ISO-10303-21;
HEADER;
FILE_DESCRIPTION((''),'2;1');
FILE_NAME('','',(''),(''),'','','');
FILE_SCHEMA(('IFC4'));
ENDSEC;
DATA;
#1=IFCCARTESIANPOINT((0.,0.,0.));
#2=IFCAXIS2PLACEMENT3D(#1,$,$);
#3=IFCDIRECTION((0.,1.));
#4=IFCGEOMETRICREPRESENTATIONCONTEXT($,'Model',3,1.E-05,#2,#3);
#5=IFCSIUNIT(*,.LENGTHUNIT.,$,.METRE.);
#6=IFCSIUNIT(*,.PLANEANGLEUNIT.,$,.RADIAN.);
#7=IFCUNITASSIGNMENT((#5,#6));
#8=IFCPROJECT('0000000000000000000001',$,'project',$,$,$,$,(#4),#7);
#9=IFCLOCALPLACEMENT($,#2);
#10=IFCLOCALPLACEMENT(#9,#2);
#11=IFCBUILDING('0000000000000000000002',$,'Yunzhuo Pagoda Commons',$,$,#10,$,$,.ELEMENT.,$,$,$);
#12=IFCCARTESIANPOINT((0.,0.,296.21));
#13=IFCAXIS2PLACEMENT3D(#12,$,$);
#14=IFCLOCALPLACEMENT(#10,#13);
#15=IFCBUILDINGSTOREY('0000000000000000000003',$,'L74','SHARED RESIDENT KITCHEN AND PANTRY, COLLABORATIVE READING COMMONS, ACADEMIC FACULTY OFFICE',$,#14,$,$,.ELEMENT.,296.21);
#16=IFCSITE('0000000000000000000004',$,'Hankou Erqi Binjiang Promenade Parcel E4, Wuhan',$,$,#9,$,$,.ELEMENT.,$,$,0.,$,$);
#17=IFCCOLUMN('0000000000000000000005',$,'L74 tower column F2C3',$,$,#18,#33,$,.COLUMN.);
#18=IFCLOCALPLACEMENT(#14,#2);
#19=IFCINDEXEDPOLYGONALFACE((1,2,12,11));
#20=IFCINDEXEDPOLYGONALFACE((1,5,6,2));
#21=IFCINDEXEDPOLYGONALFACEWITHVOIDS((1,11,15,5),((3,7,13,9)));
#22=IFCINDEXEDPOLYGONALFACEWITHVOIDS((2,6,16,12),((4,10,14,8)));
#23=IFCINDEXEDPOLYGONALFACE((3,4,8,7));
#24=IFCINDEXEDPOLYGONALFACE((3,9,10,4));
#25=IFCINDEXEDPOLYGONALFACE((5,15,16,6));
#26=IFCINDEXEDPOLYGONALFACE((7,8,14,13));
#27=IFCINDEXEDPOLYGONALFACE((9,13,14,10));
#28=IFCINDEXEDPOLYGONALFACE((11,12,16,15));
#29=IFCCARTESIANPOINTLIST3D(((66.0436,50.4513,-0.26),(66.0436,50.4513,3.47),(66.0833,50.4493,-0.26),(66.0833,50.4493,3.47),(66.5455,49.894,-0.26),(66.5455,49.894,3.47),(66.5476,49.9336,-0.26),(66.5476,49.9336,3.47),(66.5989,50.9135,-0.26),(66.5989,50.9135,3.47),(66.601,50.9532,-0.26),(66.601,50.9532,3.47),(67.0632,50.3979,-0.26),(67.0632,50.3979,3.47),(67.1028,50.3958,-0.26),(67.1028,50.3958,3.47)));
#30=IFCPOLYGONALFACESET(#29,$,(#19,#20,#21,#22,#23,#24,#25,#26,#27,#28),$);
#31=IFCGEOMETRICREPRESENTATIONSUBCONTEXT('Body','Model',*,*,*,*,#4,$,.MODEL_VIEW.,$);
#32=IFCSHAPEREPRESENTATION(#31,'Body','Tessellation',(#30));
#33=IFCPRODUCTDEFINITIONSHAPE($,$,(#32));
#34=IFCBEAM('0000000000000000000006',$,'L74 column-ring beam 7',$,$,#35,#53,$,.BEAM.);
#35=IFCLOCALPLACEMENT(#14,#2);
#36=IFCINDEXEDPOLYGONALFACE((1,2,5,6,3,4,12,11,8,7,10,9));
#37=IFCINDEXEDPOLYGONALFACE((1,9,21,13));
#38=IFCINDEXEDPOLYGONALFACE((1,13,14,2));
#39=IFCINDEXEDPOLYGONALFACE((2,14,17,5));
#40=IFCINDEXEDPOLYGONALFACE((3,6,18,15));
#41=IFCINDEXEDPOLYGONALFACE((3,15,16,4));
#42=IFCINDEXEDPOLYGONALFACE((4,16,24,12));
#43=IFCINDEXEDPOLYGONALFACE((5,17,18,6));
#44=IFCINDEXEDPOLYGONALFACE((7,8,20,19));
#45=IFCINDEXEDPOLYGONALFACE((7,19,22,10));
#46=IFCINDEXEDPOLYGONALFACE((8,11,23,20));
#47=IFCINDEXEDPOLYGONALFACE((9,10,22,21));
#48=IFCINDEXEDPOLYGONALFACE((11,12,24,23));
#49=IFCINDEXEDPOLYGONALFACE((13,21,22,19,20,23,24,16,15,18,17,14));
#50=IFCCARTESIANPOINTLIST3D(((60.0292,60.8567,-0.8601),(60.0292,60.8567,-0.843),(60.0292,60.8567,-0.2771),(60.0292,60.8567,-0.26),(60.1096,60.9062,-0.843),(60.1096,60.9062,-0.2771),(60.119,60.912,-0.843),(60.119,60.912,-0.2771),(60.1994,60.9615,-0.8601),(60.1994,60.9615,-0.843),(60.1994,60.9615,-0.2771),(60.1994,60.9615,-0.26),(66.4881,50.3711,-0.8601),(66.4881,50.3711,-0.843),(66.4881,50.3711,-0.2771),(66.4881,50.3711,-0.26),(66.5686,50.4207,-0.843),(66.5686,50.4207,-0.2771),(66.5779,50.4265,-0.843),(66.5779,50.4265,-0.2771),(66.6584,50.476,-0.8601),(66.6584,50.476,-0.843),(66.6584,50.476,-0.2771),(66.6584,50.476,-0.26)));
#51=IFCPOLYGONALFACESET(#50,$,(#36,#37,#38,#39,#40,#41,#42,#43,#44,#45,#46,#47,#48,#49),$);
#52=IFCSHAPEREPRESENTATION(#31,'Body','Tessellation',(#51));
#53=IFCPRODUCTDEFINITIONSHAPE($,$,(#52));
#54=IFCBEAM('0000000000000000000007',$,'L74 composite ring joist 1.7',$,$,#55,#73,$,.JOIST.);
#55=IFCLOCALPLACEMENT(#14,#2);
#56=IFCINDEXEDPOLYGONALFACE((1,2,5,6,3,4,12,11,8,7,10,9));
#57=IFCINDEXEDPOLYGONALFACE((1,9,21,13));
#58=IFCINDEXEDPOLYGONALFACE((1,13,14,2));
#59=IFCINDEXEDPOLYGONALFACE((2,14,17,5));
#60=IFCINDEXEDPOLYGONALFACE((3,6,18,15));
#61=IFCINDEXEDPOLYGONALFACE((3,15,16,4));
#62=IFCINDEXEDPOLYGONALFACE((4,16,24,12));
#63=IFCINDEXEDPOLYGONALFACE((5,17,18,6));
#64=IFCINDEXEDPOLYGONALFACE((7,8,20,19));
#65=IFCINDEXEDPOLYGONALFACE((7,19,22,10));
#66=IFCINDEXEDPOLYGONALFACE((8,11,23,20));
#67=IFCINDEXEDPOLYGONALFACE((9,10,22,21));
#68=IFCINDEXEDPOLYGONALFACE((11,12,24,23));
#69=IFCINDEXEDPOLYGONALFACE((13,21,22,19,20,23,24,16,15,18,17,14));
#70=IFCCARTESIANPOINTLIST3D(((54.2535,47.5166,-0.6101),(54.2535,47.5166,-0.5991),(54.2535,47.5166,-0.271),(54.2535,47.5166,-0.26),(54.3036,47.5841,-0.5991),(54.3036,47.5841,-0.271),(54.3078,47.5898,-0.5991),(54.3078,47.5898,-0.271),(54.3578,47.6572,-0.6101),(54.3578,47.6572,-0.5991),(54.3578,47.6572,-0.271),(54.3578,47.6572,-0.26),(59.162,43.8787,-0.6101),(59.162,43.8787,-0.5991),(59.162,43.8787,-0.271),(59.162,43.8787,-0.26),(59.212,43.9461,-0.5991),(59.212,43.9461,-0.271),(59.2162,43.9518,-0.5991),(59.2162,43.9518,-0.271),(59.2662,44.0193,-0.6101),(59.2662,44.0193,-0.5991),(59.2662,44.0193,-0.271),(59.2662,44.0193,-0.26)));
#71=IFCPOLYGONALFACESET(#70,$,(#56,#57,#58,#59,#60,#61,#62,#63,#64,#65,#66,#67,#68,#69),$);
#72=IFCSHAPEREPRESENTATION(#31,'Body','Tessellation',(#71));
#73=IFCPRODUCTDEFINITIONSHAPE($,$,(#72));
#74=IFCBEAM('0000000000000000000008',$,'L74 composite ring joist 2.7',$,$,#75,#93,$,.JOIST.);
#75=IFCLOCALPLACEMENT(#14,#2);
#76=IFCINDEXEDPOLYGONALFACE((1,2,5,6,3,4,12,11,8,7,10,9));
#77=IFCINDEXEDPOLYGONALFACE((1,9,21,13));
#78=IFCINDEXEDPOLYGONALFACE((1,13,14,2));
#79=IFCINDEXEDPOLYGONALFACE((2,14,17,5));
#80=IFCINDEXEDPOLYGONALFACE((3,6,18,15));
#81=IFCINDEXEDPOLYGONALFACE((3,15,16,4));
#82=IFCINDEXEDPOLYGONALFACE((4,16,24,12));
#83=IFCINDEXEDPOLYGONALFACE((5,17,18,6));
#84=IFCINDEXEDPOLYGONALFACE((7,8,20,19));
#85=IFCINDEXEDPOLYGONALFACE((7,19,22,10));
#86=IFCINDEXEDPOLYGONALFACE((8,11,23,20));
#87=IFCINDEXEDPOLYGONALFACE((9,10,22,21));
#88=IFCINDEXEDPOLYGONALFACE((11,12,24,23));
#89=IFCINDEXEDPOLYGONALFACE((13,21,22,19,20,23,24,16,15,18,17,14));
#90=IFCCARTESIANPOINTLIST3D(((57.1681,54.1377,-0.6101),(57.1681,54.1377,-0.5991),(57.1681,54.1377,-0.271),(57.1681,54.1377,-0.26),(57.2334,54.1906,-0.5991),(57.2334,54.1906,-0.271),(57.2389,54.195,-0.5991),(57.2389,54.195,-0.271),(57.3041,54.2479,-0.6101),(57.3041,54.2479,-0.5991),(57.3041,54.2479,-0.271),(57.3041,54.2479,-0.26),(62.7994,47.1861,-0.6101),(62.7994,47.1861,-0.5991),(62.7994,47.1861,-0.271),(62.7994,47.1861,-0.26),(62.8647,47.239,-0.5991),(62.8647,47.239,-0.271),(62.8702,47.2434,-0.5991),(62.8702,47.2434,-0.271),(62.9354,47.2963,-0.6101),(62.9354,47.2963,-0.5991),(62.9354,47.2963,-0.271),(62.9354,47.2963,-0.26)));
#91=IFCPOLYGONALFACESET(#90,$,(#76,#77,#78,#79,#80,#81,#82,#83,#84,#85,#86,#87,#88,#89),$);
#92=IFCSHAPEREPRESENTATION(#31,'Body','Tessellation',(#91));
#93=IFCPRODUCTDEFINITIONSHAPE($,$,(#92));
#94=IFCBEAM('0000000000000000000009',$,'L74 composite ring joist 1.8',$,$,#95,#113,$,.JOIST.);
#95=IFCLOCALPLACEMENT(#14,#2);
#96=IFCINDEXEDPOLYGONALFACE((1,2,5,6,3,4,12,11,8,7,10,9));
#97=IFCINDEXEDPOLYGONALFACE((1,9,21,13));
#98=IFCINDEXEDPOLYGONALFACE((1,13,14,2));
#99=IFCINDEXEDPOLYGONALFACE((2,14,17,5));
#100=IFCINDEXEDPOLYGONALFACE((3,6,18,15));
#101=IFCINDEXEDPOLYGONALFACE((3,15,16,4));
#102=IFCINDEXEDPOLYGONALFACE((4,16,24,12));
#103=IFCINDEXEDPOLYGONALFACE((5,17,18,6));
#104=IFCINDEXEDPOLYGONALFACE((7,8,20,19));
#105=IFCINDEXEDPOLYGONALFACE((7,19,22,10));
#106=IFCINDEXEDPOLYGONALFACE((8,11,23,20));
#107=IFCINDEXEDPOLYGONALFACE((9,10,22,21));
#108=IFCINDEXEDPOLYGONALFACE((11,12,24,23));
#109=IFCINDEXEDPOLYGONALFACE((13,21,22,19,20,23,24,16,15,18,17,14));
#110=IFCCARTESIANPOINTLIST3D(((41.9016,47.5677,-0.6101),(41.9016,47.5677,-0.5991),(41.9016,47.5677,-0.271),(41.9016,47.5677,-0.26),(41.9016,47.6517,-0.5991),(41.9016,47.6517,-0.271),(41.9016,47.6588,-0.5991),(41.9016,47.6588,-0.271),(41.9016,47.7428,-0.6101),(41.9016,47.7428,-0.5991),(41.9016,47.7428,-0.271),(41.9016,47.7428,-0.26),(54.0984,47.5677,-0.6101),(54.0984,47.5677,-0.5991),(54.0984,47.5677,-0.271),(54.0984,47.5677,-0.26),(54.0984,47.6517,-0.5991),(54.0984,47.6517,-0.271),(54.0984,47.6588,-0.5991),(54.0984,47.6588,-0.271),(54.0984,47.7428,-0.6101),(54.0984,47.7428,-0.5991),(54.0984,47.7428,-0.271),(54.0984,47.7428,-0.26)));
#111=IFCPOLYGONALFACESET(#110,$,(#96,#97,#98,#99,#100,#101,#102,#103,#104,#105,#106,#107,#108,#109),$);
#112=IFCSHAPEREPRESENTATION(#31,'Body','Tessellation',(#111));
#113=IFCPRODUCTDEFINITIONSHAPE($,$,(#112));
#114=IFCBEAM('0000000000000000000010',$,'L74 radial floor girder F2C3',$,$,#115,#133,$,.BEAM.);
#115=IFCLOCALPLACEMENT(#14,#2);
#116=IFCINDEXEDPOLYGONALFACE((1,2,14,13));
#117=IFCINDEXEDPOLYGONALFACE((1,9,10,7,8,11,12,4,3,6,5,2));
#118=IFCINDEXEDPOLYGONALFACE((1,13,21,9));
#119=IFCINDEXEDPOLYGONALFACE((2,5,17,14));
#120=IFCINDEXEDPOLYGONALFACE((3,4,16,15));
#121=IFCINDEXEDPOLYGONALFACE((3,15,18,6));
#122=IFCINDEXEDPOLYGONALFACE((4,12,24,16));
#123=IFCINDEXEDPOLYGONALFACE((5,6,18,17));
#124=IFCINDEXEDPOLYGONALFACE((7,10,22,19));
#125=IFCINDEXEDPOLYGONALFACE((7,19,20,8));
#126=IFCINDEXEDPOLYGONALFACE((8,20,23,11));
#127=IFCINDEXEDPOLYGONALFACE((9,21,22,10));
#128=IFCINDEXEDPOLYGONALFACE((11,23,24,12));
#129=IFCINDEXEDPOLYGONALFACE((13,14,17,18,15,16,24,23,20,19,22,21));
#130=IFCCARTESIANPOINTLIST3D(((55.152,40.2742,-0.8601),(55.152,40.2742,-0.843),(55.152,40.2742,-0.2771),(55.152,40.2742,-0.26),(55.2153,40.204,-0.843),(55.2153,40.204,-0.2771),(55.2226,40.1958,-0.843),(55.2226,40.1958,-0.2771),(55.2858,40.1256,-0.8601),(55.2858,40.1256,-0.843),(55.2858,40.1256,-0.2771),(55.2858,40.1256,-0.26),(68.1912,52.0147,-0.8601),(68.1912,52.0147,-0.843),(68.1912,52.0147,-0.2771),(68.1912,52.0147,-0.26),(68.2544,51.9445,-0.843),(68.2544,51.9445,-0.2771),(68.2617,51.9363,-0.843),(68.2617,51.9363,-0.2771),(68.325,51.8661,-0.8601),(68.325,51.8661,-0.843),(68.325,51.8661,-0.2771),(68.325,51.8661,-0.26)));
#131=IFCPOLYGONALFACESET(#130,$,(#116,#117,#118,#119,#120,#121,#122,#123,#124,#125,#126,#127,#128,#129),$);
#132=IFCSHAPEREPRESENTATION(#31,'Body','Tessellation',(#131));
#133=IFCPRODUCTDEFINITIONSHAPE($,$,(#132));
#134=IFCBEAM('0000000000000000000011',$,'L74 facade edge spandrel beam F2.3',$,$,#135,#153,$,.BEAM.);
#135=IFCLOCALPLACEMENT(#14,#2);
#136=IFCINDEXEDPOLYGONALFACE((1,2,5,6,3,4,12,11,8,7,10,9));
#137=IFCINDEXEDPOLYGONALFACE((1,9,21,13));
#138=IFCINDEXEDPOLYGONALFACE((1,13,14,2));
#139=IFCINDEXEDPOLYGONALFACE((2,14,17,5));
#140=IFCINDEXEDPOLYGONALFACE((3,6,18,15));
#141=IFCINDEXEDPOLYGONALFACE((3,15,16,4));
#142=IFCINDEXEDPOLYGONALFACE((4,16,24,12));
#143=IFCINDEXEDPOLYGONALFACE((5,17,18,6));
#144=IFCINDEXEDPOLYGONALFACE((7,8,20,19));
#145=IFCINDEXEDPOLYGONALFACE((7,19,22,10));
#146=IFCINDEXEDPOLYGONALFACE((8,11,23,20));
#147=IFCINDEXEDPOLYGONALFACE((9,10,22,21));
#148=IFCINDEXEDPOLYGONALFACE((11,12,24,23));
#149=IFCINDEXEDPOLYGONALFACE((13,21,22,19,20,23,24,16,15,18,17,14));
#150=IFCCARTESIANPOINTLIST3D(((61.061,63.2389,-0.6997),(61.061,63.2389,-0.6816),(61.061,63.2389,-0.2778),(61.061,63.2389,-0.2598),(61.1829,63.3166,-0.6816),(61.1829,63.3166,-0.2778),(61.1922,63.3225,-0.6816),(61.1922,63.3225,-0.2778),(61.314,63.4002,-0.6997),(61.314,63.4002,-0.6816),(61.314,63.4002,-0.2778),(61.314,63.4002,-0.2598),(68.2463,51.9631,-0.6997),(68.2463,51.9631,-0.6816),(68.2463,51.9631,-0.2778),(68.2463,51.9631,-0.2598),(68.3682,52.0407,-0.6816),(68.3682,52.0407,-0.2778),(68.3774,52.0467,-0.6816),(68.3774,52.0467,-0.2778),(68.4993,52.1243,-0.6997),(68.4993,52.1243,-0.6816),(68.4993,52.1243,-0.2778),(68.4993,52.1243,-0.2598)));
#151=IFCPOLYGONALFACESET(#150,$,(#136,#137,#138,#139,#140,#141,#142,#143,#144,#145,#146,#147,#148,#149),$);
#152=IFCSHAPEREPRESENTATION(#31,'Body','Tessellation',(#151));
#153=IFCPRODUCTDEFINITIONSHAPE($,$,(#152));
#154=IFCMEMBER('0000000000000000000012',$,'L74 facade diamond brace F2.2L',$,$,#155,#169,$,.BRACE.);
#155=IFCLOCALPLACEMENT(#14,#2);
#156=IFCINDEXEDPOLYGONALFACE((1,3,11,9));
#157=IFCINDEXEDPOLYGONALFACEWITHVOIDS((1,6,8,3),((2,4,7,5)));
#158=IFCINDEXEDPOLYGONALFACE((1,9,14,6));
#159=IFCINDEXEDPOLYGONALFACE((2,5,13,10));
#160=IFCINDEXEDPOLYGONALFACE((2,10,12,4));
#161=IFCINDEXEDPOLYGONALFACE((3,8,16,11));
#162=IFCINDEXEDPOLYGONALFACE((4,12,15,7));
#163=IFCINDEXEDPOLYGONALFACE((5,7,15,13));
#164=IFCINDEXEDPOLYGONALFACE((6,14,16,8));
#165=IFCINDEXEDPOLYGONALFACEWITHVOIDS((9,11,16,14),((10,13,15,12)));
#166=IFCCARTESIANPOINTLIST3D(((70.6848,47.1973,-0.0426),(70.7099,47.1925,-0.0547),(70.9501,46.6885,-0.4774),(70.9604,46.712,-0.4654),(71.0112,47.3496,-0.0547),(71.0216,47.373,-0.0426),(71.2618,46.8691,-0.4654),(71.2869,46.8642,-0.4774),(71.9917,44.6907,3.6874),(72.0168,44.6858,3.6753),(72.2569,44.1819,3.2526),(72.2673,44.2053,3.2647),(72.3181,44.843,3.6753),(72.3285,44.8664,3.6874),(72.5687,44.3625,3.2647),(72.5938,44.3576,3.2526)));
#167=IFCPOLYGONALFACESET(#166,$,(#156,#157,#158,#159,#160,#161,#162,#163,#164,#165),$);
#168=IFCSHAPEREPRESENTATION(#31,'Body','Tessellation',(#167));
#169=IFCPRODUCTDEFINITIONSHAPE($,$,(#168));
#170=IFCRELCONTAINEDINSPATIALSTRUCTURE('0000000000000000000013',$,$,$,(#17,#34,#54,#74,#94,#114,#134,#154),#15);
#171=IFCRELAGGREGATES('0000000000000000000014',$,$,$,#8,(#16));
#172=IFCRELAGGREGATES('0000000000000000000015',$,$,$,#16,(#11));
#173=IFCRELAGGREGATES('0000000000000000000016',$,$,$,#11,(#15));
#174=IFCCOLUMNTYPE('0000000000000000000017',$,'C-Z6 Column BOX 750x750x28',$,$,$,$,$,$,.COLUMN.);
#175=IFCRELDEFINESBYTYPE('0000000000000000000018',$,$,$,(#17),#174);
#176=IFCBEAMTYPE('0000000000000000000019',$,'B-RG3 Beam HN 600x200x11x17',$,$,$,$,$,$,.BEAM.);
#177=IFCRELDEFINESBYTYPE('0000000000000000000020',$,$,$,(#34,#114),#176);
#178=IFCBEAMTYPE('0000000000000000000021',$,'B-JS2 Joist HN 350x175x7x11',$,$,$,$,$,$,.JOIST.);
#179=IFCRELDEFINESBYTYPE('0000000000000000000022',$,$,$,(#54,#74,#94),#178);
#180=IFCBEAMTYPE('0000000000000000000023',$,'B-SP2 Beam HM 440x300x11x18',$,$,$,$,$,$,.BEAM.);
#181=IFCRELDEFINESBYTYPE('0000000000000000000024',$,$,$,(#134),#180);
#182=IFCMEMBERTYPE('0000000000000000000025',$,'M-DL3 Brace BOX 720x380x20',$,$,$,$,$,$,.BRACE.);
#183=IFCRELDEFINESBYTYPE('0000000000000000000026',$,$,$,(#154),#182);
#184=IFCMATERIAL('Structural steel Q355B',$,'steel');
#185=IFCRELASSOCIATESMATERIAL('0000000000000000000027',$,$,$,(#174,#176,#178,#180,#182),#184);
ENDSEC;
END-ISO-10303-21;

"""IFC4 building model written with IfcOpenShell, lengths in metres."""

from ifc_helpers import new_model, si_unit, direction, frame, origin, origin_2d, place, context, subcontext, project, spatial, hollow_rectangle, i_section, extrude, source, transform, mapped, material, material_profile, profile_set, type_object, element, save


model = new_model("IFC4")

# Units and contexts
model_context = context("Model", 3, precision=1e-05, world=origin(), true_north=direction((0.0, 1.0)))
body_context = subcontext(model_context, "Body", "Model", "MODEL_VIEW")
ifc_project = project(units=[si_unit("LENGTHUNIT", "METRE"), si_unit("PLANEANGLEUNIT", "RADIAN")], contexts=[model_context])

# Site, building, storey
site_placement = place(None, origin())
site = spatial("IfcSite", under=ifc_project, at=site_placement, Name="Hankou Erqi Binjiang Promenade Parcel E4, Wuhan", CompositionType="ELEMENT", RefElevation=0.0)
building_placement = place(site_placement, origin())
building = spatial("IfcBuilding", under=site, at=building_placement, Name="Yunzhuo Pagoda Commons", CompositionType="ELEMENT")
storey_placement = place(building_placement, frame((0.0, 0.0, 296.21)))
storey = spatial("IfcBuildingStorey", under=building, at=storey_placement, Name="L74", Description="SHARED RESIDENT KITCHEN AND PANTRY, COLLABORATIVE READING COMMONS, ACADEMIC FACULTY OFFICE", CompositionType="ELEMENT", Elevation=296.21)

# Column
ifc_material_1 = material(Name="Structural steel Q355B", Category="steel")
ifc_material_profile_1 = material_profile(ifc_material_1, hollow_rectangle(XDim=0.75, YDim=0.75, WallThickness=0.0281, at=origin_2d()), Name="Structural steel Q355B")
ifc_profile_set_1 = profile_set([ifc_material_profile_1], Name="Structural steel Q355B")
column_type = type_object("IfcColumnType", Name="C-Z6 Column BOX 750x750x28", PredefinedType="COLUMN", material=ifc_profile_set_1)
shared_shape_1 = source(origin(), body_context, "Body", "SweptSolid", [
    extrude(hollow_rectangle(XDim=0.75, YDim=0.75, WallThickness=0.0281, at=origin_2d()), origin(), (0.0, 0.0, 1.0), 3.73),
])
column_placement = place(storey_placement, frame((66.5732, 50.4236, -0.26), z_axis=(0.0, 0.0, 1.0), x_axis=(-0.669131, 0.743145, 0.0)))
element("IfcColumn", 1, at=column_placement, inside=storey, type_object=column_type, Name="L74 tower column F2C3", PredefinedType="COLUMN", context=body_context, shape_type="MappedRepresentation", body=[
    mapped(shared_shape_1, transform((0.0, 0.0, 0.0), scale=1.0)),
])

# Beams
ifc_material_profile_2 = material_profile(ifc_material_1, i_section(OverallWidth=0.2, OverallDepth=0.6001, WebThickness=0.011, FlangeThickness=0.0171, at=origin_2d()), Name="Structural steel Q355B")
ifc_profile_set_2 = profile_set([ifc_material_profile_2], Name="Structural steel Q355B")
beam_type_1 = type_object("IfcBeamType", Name="B-RG3 Beam HN 600x200x11x17", PredefinedType="BEAM", material=ifc_profile_set_2)
shared_shape_2 = source(origin(), body_context, "Body", "SweptSolid", [
    extrude(i_section(OverallWidth=0.2, OverallDepth=0.6001, WebThickness=0.011, FlangeThickness=0.0171, at=origin_2d()), origin(), (0.0, 0.0, 1.0), 12.3152),
])
beam_1_placement = place(storey_placement, frame((66.5732, 50.4236, -0.5601), z_axis=(-0.524469, 0.85143, 0.0), x_axis=(-0.85143, -0.524469, 0.0)))
element("IfcBeam", 2, at=beam_1_placement, inside=storey, type_object=beam_type_1, Name="L74 column-ring beam 7", PredefinedType="BEAM", context=body_context, shape_type="MappedRepresentation", body=[
    mapped(shared_shape_2, transform((0.0, 0.0, 0.0), scale=1.0)),
])
ifc_material_profile_3 = material_profile(ifc_material_1, i_section(OverallWidth=0.175, OverallDepth=0.3501, WebThickness=0.0071, FlangeThickness=0.011, at=origin_2d()), Name="Structural steel Q355B")
ifc_profile_set_3 = profile_set([ifc_material_profile_3], Name="Structural steel Q355B")
beam_type_2 = type_object("IfcBeamType", Name="B-JS2 Joist HN 350x175x7x11", PredefinedType="JOIST", material=ifc_profile_set_3)
shared_shape_3 = source(origin(), body_context, "Body", "SweptSolid", [
    extrude(i_section(OverallWidth=0.175, OverallDepth=0.3501, WebThickness=0.0071, FlangeThickness=0.011, at=origin_2d()), origin(), (0.0, 0.0, 1.0), 6.1096),
])
beam_2_placement = place(storey_placement, frame((59.2141, 43.949, -0.4351), z_axis=(-0.803396, 0.595444, 0.0), x_axis=(-0.595444, -0.803396, 0.0)))
element("IfcBeam", 3, at=beam_2_placement, inside=storey, type_object=beam_type_2, Name="L74 composite ring joist 1.7", PredefinedType="JOIST", context=body_context, shape_type="MappedRepresentation", body=[
    mapped(shared_shape_3, transform((0.0, 0.0, 0.0), scale=1.0)),
])
shared_shape_4 = source(origin(), body_context, "Body", "SweptSolid", [
    extrude(i_section(OverallWidth=0.175, OverallDepth=0.3501, WebThickness=0.0071, FlangeThickness=0.011, at=origin_2d()), origin(), (0.0, 0.0, 1.0), 8.9463),
])
beam_3_placement = place(storey_placement, frame((62.8674, 47.2412, -0.4351), z_axis=(-0.629456, 0.777036, 0.0), x_axis=(-0.777036, -0.629456, 0.0)))
element("IfcBeam", 4, at=beam_3_placement, inside=storey, type_object=beam_type_2, Name="L74 composite ring joist 2.7", PredefinedType="JOIST", context=body_context, shape_type="MappedRepresentation", body=[
    mapped(shared_shape_4, transform((0.0, 0.0, 0.0), scale=1.0)),
])
shared_shape_5 = source(origin(), body_context, "Body", "SweptSolid", [
    extrude(i_section(OverallWidth=0.175, OverallDepth=0.3501, WebThickness=0.0071, FlangeThickness=0.011, at=origin_2d()), origin(), (0.0, 0.0, 1.0), 12.1968),
])
beam_4_placement = place(storey_placement, frame((54.0984, 47.6553, -0.4351), z_axis=(-1.0, 0.0, 0.0), x_axis=(0.0, -1.0, 0.0)))
element("IfcBeam", 5, at=beam_4_placement, inside=storey, type_object=beam_type_2, Name="L74 composite ring joist 1.8", PredefinedType="JOIST", context=body_context, shape_type="MappedRepresentation", body=[
    mapped(shared_shape_5, transform((0.0, 0.0, 0.0), scale=1.0)),
])
shared_shape_6 = source(origin(), body_context, "Body", "SweptSolid", [
    extrude(i_section(OverallWidth=0.2, OverallDepth=0.6001, WebThickness=0.011, FlangeThickness=0.0171, at=origin_2d()), origin(), (0.0, 0.0, 1.0), 17.5459),
])
beam_5_placement = place(storey_placement, frame((68.2581, 51.9404, -0.5601), z_axis=(-0.743143, -0.669132, 0.0), x_axis=(0.669132, -0.743143, 0.0)))
element("IfcBeam", 6, at=beam_5_placement, inside=storey, type_object=beam_type_1, Name="L74 radial floor girder F2C3", PredefinedType="BEAM", context=body_context, shape_type="MappedRepresentation", body=[
    mapped(shared_shape_6, transform((0.0, 0.0, 0.0), scale=1.0)),
])
ifc_material_profile_4 = material_profile(ifc_material_1, i_section(OverallWidth=0.3, OverallDepth=0.4399, WebThickness=0.011, FlangeThickness=0.0181, at=origin_2d()), Name="Structural steel Q355B")
ifc_profile_set_4 = profile_set([ifc_material_profile_4], Name="Structural steel Q355B")
beam_type_3 = type_object("IfcBeamType", Name="B-SP2 Beam HM 440x300x11x18", PredefinedType="BEAM", material=ifc_profile_set_4)
shared_shape_7 = source(origin(), body_context, "Body", "SweptSolid", [
    extrude(i_section(OverallWidth=0.3, OverallDepth=0.4399, WebThickness=0.011, FlangeThickness=0.0181, at=origin_2d()), origin(), (0.0, 0.0, 1.0), 13.3706),
])
beam_6_placement = place(storey_placement, frame((68.3728, 52.0437, -0.4797), z_axis=(-0.537394, 0.843331, 0.0), x_axis=(-0.843331, -0.537394, 0.0)))
element("IfcBeam", 7, at=beam_6_placement, inside=storey, type_object=beam_type_3, Name="L74 facade edge spandrel beam F2.3", PredefinedType="BEAM", context=body_context, shape_type="MappedRepresentation", body=[
    mapped(shared_shape_7, transform((0.0, 0.0, 0.0), scale=1.0)),
])

# Member
ifc_material_profile_5 = material_profile(ifc_material_1, hollow_rectangle(XDim=0.3799, YDim=0.72, WallThickness=0.02, at=origin_2d()), Name="Structural steel Q355B")
ifc_profile_set_5 = profile_set([ifc_material_profile_5], Name="Structural steel Q355B")
member_type_1 = type_object("IfcMemberType", Name="M-DL3 Brace BOX 720x380x20", PredefinedType="BRACE", material=ifc_profile_set_5)
shared_shape_8 = source(origin(), body_context, "Body", "SweptSolid", [
    extrude(hollow_rectangle(XDim=0.3799, YDim=0.72, WallThickness=0.02, at=origin_2d()), origin(), (0.0, 0.0, 1.0), 4.6802),
])
for number, where, z_axis, x_axis, name in (
    (8, (70.9858, 47.0308, -0.26), (0.279241, -0.535581, 0.796981), (0.886716, 0.462315, 0.0), "L74 facade diamond brace F2.2L"),
):
    element("IfcMember", number, at=place(storey_placement, frame(where, z_axis=z_axis, x_axis=x_axis)), inside=storey, type_object=member_type_1, Name=name, PredefinedType="BRACE", context=body_context, shape_type="MappedRepresentation", body=[
        mapped(shared_shape_8, transform((0.0, 0.0, 0.0), scale=1.0)),
    ])

save(model, "model.ifc")
